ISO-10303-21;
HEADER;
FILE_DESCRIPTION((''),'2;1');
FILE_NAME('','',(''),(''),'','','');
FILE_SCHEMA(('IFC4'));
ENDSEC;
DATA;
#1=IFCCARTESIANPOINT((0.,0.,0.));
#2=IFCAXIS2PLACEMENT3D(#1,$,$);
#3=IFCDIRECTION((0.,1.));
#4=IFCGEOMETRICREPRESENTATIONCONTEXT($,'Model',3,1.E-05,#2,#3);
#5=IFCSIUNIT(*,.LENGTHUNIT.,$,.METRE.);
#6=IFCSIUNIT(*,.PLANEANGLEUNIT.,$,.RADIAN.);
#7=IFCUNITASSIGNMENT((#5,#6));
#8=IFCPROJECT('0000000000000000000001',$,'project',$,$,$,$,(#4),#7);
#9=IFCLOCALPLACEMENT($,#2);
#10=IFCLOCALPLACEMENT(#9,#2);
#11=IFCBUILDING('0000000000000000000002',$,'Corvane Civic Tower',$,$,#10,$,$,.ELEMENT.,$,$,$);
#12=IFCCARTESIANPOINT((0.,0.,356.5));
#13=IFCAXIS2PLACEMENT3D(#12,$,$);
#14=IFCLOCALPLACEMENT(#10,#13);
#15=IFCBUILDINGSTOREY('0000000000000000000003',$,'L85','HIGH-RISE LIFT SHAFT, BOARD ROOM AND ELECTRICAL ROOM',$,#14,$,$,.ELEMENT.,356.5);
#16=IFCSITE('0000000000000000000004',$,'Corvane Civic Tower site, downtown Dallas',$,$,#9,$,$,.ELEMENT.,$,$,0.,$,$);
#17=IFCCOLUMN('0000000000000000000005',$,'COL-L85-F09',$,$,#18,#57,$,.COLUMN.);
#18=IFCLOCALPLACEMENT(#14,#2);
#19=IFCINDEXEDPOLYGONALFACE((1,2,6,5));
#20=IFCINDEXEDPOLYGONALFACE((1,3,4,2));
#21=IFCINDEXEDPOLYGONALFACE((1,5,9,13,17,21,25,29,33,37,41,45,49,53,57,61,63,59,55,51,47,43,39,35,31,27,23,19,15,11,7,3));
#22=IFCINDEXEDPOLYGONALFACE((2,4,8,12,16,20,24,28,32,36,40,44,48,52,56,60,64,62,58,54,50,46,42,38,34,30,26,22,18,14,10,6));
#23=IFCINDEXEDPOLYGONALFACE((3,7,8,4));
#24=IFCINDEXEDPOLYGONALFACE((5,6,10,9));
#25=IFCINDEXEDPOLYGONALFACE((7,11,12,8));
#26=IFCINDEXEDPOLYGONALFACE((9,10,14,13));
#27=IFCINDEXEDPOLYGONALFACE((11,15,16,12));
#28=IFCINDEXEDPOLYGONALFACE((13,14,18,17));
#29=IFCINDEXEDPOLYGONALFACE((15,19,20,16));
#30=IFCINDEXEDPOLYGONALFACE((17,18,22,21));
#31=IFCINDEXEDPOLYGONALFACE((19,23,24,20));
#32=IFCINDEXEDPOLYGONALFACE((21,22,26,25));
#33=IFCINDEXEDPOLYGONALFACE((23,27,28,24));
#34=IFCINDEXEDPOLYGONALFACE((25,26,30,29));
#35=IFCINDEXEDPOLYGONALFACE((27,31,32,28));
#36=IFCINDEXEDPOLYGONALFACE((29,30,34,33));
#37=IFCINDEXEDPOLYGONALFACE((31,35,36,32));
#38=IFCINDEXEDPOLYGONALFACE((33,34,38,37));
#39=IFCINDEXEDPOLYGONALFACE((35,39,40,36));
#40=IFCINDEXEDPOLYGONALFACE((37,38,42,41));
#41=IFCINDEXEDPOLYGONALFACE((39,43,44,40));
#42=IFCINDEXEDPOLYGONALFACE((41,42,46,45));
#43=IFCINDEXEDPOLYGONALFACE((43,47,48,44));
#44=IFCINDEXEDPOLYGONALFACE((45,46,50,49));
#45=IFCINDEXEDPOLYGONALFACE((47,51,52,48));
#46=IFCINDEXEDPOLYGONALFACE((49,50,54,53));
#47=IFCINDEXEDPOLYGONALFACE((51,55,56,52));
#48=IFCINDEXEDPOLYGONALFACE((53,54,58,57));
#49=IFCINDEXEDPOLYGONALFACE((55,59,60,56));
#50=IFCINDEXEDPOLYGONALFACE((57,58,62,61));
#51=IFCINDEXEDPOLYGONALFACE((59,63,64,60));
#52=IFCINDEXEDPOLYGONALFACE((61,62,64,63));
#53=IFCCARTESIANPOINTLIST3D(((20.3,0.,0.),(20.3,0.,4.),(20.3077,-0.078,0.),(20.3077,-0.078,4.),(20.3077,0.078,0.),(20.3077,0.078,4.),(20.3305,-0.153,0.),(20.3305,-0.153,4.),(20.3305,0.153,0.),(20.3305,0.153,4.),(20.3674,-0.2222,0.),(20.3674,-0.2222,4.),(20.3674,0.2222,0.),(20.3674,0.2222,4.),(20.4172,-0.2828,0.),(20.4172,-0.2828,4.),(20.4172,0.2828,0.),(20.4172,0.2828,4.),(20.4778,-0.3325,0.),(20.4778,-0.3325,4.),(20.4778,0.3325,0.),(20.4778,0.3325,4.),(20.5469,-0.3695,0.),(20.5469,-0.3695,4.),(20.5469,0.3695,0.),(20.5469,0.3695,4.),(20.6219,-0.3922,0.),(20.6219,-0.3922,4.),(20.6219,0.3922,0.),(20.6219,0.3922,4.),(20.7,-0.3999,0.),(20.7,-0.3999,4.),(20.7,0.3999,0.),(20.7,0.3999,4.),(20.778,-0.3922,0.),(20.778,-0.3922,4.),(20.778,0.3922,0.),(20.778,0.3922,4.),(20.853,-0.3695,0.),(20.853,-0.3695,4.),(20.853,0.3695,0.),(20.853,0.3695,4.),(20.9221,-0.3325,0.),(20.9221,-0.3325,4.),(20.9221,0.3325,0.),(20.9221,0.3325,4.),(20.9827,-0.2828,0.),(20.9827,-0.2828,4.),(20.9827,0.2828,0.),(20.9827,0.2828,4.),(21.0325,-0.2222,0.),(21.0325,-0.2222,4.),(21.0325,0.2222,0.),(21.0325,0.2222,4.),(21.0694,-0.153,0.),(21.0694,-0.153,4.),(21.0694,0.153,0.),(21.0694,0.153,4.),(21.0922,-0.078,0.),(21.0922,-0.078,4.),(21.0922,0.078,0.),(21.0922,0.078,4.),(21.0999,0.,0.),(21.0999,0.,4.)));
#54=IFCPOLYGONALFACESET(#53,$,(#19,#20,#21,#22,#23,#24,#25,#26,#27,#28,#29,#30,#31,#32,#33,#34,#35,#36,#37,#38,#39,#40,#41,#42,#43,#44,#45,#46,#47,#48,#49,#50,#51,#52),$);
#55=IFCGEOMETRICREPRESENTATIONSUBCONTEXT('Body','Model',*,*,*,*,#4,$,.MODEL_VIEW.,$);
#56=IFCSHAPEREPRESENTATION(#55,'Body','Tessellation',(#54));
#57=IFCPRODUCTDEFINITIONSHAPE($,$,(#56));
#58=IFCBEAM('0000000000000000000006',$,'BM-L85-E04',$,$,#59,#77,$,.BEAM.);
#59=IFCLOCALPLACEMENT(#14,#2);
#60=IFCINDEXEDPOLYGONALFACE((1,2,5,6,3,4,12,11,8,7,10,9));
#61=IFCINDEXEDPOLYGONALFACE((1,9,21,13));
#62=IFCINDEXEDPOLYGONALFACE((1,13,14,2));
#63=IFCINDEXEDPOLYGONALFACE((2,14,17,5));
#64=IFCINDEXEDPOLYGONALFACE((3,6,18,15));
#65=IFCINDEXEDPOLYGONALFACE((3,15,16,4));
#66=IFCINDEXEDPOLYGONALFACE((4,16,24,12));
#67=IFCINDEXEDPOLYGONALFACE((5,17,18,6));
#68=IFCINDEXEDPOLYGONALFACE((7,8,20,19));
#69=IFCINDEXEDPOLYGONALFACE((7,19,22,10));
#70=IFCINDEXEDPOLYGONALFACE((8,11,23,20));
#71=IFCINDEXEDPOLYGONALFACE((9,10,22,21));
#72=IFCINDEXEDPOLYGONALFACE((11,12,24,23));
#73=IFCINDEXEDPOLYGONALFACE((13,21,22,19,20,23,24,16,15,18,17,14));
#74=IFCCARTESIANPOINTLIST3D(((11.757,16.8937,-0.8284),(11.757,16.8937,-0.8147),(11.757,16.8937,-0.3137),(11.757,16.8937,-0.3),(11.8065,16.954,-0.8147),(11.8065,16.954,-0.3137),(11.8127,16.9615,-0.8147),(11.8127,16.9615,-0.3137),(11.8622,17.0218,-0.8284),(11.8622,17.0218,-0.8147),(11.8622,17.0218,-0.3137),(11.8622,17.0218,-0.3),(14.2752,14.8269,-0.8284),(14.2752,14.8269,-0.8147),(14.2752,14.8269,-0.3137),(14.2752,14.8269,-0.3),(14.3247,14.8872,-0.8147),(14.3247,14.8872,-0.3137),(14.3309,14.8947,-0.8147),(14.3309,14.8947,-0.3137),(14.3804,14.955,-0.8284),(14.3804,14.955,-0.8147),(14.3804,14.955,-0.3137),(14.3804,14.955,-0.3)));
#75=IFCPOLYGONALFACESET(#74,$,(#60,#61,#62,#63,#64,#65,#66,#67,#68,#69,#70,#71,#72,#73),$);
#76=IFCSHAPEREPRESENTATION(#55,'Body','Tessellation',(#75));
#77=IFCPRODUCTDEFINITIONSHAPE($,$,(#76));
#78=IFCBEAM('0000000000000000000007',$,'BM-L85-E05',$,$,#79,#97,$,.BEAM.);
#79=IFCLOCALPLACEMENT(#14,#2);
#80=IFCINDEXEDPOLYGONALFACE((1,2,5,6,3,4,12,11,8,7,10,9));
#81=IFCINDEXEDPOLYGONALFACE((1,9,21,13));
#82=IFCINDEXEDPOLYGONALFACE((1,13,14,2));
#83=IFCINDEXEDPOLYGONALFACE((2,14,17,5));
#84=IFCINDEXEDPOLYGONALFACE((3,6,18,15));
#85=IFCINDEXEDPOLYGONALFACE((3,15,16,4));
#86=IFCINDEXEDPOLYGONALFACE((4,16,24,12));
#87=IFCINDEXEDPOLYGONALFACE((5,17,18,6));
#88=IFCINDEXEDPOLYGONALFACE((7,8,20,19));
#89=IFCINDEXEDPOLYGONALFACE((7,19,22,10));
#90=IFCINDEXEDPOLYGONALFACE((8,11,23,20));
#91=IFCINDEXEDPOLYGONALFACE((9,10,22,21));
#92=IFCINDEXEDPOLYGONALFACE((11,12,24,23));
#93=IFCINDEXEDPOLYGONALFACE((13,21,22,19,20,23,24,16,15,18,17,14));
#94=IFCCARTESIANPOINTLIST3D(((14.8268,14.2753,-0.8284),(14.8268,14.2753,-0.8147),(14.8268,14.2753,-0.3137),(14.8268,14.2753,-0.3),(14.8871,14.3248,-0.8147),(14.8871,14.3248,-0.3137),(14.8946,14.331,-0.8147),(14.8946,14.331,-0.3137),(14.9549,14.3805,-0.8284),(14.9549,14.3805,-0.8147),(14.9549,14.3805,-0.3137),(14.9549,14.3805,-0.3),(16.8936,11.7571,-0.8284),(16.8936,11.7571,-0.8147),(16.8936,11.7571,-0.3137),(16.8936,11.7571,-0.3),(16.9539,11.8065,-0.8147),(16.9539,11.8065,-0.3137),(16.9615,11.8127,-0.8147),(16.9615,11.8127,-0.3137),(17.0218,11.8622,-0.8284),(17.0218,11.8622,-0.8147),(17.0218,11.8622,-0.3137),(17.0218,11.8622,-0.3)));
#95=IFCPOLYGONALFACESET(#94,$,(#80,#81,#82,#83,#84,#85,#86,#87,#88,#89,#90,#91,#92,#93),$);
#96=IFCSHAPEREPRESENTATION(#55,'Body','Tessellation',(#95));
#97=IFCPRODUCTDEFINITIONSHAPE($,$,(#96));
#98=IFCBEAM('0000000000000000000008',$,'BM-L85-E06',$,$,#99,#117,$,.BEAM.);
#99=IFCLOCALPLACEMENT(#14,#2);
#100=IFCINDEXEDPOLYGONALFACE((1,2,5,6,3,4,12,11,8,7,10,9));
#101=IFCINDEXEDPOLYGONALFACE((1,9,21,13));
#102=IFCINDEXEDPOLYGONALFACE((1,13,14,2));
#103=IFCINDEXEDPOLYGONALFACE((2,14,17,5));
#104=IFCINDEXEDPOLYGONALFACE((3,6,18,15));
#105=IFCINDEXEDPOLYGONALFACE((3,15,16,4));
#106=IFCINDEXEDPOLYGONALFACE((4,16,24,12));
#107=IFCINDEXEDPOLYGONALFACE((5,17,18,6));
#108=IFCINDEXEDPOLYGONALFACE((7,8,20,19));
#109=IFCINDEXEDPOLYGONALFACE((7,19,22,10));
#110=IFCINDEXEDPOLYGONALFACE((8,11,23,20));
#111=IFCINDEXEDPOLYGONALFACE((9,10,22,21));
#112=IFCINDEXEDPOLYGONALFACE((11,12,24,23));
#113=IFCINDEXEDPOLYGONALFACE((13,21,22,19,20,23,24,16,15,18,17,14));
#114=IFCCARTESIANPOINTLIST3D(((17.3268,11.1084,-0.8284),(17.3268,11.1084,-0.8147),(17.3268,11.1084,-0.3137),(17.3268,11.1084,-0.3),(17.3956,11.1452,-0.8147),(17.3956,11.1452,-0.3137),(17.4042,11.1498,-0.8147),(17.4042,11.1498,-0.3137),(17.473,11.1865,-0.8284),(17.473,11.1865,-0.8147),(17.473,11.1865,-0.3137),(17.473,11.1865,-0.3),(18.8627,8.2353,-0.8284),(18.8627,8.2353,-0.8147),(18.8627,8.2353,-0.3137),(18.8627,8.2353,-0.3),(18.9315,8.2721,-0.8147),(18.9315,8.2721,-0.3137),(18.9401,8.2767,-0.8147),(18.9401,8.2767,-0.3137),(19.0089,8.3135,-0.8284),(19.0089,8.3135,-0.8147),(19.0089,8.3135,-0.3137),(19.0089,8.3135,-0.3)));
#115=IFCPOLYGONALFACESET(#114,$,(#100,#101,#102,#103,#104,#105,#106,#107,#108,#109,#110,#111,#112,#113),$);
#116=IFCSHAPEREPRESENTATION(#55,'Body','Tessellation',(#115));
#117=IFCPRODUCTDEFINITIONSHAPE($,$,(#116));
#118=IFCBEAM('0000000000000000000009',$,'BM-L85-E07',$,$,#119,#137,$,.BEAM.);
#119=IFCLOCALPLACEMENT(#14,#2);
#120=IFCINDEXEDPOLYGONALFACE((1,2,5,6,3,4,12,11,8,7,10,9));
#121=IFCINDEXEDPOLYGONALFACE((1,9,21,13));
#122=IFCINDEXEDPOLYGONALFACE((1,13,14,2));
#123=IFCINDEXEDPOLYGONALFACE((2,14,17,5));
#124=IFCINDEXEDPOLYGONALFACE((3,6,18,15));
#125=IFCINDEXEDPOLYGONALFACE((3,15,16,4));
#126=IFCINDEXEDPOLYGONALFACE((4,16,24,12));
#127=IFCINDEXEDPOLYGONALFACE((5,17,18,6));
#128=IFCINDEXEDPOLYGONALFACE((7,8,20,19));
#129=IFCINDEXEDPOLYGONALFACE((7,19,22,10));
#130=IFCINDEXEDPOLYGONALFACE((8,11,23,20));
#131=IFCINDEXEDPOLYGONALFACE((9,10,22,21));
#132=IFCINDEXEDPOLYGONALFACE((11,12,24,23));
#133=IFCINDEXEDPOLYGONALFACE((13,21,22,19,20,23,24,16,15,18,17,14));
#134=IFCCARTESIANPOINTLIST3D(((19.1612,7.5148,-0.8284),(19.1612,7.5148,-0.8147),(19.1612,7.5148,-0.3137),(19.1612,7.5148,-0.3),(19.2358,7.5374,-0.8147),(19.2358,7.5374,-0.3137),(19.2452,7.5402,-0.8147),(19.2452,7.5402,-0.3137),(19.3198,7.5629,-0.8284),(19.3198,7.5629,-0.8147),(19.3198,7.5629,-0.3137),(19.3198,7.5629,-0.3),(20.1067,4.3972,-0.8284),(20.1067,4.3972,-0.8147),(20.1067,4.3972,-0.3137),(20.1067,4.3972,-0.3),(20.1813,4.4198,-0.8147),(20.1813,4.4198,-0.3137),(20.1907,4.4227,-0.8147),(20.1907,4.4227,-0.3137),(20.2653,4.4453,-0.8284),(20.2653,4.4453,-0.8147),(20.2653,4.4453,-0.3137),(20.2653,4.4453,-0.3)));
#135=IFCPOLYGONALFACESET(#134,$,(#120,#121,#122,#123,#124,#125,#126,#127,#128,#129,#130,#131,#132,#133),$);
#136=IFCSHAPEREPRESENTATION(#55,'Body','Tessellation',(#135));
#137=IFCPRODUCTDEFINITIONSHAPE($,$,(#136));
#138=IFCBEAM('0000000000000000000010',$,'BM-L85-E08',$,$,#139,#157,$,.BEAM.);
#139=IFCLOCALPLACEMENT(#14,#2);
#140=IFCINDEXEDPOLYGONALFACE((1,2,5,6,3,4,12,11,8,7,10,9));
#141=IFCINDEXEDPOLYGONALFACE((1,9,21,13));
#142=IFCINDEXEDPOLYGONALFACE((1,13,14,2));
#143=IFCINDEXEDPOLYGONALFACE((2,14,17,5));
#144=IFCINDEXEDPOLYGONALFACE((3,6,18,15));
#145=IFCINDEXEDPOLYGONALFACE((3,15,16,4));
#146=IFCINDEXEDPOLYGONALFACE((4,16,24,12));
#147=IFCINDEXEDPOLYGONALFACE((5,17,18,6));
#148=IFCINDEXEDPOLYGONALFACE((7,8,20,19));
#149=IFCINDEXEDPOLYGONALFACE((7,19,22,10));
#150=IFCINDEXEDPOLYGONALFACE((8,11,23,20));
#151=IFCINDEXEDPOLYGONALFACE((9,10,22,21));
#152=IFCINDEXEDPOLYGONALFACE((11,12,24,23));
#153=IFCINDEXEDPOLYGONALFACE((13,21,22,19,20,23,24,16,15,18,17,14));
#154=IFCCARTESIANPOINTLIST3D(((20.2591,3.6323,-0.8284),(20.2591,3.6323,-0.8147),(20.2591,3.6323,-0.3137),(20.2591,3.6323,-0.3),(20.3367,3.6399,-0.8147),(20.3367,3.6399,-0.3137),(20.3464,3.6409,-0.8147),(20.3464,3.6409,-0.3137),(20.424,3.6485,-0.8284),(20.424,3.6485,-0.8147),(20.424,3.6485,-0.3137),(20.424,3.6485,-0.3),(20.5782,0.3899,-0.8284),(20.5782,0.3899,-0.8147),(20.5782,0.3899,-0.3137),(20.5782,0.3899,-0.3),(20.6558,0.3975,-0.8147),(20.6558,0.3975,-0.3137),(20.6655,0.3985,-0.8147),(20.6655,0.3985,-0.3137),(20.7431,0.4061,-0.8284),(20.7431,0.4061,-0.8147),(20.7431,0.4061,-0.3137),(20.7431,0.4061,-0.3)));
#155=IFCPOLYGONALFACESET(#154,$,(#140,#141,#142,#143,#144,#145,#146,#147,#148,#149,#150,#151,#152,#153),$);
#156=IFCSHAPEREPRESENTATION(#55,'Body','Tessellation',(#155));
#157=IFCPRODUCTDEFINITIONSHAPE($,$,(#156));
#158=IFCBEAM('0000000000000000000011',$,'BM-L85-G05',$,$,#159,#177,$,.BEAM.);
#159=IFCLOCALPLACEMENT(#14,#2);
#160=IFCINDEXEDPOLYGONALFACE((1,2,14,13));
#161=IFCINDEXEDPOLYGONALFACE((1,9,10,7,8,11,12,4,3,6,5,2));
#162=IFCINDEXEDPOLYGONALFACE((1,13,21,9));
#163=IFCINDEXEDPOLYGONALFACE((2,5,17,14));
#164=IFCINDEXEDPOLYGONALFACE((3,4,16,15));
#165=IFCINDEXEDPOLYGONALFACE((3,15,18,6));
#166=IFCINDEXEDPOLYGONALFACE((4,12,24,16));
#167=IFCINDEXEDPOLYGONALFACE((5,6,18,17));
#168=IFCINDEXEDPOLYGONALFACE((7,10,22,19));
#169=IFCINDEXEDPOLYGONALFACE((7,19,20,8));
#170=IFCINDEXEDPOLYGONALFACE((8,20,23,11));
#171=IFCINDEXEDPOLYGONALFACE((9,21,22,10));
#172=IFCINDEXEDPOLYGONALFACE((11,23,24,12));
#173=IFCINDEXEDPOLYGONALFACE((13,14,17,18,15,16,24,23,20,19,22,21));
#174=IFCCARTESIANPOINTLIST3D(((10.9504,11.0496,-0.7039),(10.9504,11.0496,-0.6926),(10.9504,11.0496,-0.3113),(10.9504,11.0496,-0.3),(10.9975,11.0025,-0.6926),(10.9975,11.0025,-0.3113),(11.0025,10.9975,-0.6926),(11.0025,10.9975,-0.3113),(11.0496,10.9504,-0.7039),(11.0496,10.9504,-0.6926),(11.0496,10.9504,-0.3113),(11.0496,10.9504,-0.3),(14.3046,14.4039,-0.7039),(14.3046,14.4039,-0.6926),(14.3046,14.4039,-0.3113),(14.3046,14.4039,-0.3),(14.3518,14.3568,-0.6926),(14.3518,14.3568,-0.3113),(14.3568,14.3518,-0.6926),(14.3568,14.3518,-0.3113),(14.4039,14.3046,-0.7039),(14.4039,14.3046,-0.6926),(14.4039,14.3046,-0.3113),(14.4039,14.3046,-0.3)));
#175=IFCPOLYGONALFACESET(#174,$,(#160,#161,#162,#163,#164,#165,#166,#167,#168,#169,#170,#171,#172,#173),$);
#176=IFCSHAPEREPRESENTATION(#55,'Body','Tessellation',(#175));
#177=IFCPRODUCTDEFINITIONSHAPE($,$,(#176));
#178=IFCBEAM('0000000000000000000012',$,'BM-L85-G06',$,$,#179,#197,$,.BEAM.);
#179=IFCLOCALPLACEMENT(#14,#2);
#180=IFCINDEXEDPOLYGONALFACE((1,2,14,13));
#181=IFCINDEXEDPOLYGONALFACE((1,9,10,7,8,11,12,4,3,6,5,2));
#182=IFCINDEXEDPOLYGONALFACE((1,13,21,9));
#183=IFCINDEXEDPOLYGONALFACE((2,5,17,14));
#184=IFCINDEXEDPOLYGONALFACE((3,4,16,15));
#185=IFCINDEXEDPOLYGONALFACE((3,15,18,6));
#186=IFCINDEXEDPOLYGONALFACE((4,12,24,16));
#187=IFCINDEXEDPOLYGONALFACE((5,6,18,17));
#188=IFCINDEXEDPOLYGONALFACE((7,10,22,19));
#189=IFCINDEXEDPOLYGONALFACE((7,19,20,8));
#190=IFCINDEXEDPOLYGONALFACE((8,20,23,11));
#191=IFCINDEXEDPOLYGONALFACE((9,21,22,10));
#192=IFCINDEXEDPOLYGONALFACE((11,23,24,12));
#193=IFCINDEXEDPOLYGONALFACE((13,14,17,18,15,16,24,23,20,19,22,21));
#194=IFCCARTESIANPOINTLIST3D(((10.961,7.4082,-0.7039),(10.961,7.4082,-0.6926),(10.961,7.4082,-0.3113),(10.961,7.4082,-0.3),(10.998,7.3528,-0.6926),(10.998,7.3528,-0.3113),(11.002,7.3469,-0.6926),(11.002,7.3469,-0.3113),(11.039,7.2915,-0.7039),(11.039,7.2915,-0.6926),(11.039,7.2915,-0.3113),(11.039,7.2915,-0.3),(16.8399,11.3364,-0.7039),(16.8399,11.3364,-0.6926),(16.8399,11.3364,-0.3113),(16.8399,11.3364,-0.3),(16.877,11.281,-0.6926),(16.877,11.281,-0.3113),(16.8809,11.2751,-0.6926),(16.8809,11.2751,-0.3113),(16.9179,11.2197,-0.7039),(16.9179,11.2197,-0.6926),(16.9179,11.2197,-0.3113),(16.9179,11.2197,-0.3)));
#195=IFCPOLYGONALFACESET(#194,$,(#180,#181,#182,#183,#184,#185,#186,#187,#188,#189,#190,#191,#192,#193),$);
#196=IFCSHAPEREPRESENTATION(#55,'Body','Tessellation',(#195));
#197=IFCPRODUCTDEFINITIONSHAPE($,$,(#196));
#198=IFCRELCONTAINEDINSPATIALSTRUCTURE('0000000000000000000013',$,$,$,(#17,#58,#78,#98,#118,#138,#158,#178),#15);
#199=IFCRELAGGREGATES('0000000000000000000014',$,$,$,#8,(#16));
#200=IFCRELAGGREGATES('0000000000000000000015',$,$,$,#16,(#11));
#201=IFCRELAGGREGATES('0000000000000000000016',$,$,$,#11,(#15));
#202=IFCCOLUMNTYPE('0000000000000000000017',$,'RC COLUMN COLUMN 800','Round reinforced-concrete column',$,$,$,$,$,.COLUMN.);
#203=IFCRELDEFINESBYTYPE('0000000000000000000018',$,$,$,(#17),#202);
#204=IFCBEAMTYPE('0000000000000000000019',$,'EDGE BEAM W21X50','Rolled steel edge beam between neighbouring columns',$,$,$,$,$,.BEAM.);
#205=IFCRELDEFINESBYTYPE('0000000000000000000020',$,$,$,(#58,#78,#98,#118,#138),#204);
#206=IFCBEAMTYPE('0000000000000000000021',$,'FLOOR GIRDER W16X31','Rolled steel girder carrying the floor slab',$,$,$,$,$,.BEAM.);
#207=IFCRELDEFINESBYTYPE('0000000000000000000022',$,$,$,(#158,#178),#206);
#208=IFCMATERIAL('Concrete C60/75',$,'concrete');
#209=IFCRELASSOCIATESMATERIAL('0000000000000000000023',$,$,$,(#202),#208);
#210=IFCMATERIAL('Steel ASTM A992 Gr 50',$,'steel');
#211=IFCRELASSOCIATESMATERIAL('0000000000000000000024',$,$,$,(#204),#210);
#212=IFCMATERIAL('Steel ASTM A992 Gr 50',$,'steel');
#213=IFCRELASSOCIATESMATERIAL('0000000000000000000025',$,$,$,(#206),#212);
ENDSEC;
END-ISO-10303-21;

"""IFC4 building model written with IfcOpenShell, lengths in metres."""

from ifc_helpers import new_model, si_unit, direction, frame, origin, origin_2d, place, context, subcontext, project, spatial, circle, i_section, extrude, material, material_profile, profile_set, type_object, element, save


model = new_model("IFC4")

# Units and contexts
model_context = context("Model", 3, precision=1e-05, world=origin(), true_north=direction((0.0, 1.0)))
body_context = subcontext(model_context, "Body", "Model", "MODEL_VIEW")
ifc_project = project(units=[si_unit("LENGTHUNIT", "METRE"), si_unit("PLANEANGLEUNIT", "RADIAN")], contexts=[model_context])

# Site, building, storey
site_placement = place(None, origin())
site = spatial("IfcSite", under=ifc_project, at=site_placement, Name="Corvane Civic Tower site, downtown Dallas", CompositionType="ELEMENT", RefElevation=0.0)
building_placement = place(site_placement, origin())
building = spatial("IfcBuilding", under=site, at=building_placement, Name="Corvane Civic Tower", CompositionType="ELEMENT")
storey_placement = place(building_placement, frame((0.0, 0.0, 356.5)))
storey = spatial("IfcBuildingStorey", under=building, at=storey_placement, Name="L85", Description="HIGH-RISE LIFT SHAFT, BOARD ROOM AND ELECTRICAL ROOM", CompositionType="ELEMENT", Elevation=356.5)

# Column
ifc_material_1 = material(Name="Concrete C60/75", Category="concrete")
ifc_material_profile_1 = material_profile(ifc_material_1, circle(Radius=0.3999, at=origin_2d()), Name="COLUMN 800")
ifc_profile_set_1 = profile_set([ifc_material_profile_1], Name="Concrete C60/75")
column_type = type_object("IfcColumnType", Name="RC COLUMN COLUMN 800", Description="Round reinforced-concrete column", PredefinedType="COLUMN", material=ifc_profile_set_1)
for number, where, z_axis, x_axis, name in (
    (1, (20.7, 0.0, 0.0), (0.0, 0.0, 1.0), (1.0, 0.0, 0.0), "COL-L85-F09"),
):
    element("IfcColumn", number, at=place(storey_placement, frame(where, z_axis=z_axis, x_axis=x_axis)), inside=storey, type_object=column_type, Name=name, PredefinedType="COLUMN", context=body_context, shape_type="SweptSolid", body=[
        extrude(circle(Radius=0.3999, at=origin_2d()), origin(), (0.0, 0.0, 1.0), 4.0),
    ])

# Beams
ifc_material_2 = material(Name="Steel ASTM A992 Gr 50", Category="steel")
ifc_material_profile_2 = material_profile(ifc_material_2, i_section(OverallWidth=0.1658, OverallDepth=0.5283, WebThickness=0.0098, FlangeThickness=0.0137, at=origin_2d()), Name="W21X50")
ifc_profile_set_2 = profile_set([ifc_material_profile_2], Name="Steel ASTM A992 Gr 50")
beam_type_1 = type_object("IfcBeamType", Name="EDGE BEAM W21X50", Description="Rolled steel edge beam between neighbouring columns", PredefinedType="BEAM", material=ifc_profile_set_2)
for number, where, z_axis, x_axis, name in (
    (2, (11.8096, 16.9578, -0.5642), (0.772985, -0.634425, 0.0), (0.634425, 0.772985, 0.0), "BM-L85-E04"),
    (3, (14.8909, 14.3279, -0.5642), (0.634425, -0.772985, 0.0), (0.772985, 0.634425, 0.0), "BM-L85-E05"),
    (4, (17.3999, 11.1475, -0.5642), (0.471448, -0.881894, 0.0), (0.881894, 0.471448, 0.0), "BM-L85-E06"),
    (5, (19.2405, 7.5388, -0.5642), (0.290234, -0.956956, 0.0), (0.956956, 0.290234, 0.0), "BM-L85-E07"),
):
    element("IfcBeam", number, at=place(storey_placement, frame(where, z_axis=z_axis, x_axis=x_axis)), inside=storey, type_object=beam_type_1, Name=name, PredefinedType="BEAM", context=body_context, shape_type="SweptSolid", body=[
        extrude(i_section(OverallWidth=0.1658, OverallDepth=0.5283, WebThickness=0.0098, FlangeThickness=0.0137, at=origin_2d()), origin(), (0.0, 0.0, 1.0), 3.2578),
    ])
beam_1_placement = place(storey_placement, frame((20.3416, 3.6404, -0.5642), z_axis=(0.097938, -0.995193, 0.0), x_axis=(0.995193, 0.097938, 0.0)))
element("IfcBeam", 6, at=beam_1_placement, inside=storey, type_object=beam_type_1, Name="BM-L85-E08", PredefinedType="BEAM", context=body_context, shape_type="SweptSolid", body=[
    extrude(i_section(OverallWidth=0.1658, OverallDepth=0.5283, WebThickness=0.0098, FlangeThickness=0.0137, at=origin_2d()), origin(), (0.0, 0.0, 1.0), 3.2581),
])
ifc_material_3 = material(Name="Steel ASTM A992 Gr 50", Category="steel")
ifc_material_profile_3 = material_profile(ifc_material_3, i_section(OverallWidth=0.1404, OverallDepth=0.4038, WebThickness=0.0071, FlangeThickness=0.0112, at=origin_2d()), Name="W16X31")
ifc_profile_set_3 = profile_set([ifc_material_profile_3], Name="Steel ASTM A992 Gr 50")
beam_type_2 = type_object("IfcBeamType", Name="FLOOR GIRDER W16X31", Description="Rolled steel girder carrying the floor slab", PredefinedType="BEAM", material=ifc_profile_set_3)
beam_2_placement = place(storey_placement, frame((11.0, 11.0, -0.502), z_axis=(0.707107, 0.707107, 0.0), x_axis=(-0.707107, 0.707107, 0.0)))
element("IfcBeam", 7, at=beam_2_placement, inside=storey, type_object=beam_type_2, Name="BM-L85-G05", PredefinedType="BEAM", context=body_context, shape_type="SweptSolid", body=[
    extrude(i_section(OverallWidth=0.1404, OverallDepth=0.4038, WebThickness=0.0071, FlangeThickness=0.0112, at=origin_2d()), origin(), (0.0, 0.0, 1.0), 4.7437),
])
beam_3_placement = place(storey_placement, frame((11.0, 7.3499, -0.502), z_axis=(0.831465, 0.555576, 0.0), x_axis=(-0.555576, 0.831465, 0.0)))
element("IfcBeam", 8, at=beam_3_placement, inside=storey, type_object=beam_type_2, Name="BM-L85-G06", PredefinedType="BEAM", context=body_context, shape_type="SweptSolid", body=[
    extrude(i_section(OverallWidth=0.1404, OverallDepth=0.4038, WebThickness=0.0071, FlangeThickness=0.0112, at=origin_2d()), origin(), (0.0, 0.0, 1.0), 7.0706),
])

save(model, "model.ifc")
